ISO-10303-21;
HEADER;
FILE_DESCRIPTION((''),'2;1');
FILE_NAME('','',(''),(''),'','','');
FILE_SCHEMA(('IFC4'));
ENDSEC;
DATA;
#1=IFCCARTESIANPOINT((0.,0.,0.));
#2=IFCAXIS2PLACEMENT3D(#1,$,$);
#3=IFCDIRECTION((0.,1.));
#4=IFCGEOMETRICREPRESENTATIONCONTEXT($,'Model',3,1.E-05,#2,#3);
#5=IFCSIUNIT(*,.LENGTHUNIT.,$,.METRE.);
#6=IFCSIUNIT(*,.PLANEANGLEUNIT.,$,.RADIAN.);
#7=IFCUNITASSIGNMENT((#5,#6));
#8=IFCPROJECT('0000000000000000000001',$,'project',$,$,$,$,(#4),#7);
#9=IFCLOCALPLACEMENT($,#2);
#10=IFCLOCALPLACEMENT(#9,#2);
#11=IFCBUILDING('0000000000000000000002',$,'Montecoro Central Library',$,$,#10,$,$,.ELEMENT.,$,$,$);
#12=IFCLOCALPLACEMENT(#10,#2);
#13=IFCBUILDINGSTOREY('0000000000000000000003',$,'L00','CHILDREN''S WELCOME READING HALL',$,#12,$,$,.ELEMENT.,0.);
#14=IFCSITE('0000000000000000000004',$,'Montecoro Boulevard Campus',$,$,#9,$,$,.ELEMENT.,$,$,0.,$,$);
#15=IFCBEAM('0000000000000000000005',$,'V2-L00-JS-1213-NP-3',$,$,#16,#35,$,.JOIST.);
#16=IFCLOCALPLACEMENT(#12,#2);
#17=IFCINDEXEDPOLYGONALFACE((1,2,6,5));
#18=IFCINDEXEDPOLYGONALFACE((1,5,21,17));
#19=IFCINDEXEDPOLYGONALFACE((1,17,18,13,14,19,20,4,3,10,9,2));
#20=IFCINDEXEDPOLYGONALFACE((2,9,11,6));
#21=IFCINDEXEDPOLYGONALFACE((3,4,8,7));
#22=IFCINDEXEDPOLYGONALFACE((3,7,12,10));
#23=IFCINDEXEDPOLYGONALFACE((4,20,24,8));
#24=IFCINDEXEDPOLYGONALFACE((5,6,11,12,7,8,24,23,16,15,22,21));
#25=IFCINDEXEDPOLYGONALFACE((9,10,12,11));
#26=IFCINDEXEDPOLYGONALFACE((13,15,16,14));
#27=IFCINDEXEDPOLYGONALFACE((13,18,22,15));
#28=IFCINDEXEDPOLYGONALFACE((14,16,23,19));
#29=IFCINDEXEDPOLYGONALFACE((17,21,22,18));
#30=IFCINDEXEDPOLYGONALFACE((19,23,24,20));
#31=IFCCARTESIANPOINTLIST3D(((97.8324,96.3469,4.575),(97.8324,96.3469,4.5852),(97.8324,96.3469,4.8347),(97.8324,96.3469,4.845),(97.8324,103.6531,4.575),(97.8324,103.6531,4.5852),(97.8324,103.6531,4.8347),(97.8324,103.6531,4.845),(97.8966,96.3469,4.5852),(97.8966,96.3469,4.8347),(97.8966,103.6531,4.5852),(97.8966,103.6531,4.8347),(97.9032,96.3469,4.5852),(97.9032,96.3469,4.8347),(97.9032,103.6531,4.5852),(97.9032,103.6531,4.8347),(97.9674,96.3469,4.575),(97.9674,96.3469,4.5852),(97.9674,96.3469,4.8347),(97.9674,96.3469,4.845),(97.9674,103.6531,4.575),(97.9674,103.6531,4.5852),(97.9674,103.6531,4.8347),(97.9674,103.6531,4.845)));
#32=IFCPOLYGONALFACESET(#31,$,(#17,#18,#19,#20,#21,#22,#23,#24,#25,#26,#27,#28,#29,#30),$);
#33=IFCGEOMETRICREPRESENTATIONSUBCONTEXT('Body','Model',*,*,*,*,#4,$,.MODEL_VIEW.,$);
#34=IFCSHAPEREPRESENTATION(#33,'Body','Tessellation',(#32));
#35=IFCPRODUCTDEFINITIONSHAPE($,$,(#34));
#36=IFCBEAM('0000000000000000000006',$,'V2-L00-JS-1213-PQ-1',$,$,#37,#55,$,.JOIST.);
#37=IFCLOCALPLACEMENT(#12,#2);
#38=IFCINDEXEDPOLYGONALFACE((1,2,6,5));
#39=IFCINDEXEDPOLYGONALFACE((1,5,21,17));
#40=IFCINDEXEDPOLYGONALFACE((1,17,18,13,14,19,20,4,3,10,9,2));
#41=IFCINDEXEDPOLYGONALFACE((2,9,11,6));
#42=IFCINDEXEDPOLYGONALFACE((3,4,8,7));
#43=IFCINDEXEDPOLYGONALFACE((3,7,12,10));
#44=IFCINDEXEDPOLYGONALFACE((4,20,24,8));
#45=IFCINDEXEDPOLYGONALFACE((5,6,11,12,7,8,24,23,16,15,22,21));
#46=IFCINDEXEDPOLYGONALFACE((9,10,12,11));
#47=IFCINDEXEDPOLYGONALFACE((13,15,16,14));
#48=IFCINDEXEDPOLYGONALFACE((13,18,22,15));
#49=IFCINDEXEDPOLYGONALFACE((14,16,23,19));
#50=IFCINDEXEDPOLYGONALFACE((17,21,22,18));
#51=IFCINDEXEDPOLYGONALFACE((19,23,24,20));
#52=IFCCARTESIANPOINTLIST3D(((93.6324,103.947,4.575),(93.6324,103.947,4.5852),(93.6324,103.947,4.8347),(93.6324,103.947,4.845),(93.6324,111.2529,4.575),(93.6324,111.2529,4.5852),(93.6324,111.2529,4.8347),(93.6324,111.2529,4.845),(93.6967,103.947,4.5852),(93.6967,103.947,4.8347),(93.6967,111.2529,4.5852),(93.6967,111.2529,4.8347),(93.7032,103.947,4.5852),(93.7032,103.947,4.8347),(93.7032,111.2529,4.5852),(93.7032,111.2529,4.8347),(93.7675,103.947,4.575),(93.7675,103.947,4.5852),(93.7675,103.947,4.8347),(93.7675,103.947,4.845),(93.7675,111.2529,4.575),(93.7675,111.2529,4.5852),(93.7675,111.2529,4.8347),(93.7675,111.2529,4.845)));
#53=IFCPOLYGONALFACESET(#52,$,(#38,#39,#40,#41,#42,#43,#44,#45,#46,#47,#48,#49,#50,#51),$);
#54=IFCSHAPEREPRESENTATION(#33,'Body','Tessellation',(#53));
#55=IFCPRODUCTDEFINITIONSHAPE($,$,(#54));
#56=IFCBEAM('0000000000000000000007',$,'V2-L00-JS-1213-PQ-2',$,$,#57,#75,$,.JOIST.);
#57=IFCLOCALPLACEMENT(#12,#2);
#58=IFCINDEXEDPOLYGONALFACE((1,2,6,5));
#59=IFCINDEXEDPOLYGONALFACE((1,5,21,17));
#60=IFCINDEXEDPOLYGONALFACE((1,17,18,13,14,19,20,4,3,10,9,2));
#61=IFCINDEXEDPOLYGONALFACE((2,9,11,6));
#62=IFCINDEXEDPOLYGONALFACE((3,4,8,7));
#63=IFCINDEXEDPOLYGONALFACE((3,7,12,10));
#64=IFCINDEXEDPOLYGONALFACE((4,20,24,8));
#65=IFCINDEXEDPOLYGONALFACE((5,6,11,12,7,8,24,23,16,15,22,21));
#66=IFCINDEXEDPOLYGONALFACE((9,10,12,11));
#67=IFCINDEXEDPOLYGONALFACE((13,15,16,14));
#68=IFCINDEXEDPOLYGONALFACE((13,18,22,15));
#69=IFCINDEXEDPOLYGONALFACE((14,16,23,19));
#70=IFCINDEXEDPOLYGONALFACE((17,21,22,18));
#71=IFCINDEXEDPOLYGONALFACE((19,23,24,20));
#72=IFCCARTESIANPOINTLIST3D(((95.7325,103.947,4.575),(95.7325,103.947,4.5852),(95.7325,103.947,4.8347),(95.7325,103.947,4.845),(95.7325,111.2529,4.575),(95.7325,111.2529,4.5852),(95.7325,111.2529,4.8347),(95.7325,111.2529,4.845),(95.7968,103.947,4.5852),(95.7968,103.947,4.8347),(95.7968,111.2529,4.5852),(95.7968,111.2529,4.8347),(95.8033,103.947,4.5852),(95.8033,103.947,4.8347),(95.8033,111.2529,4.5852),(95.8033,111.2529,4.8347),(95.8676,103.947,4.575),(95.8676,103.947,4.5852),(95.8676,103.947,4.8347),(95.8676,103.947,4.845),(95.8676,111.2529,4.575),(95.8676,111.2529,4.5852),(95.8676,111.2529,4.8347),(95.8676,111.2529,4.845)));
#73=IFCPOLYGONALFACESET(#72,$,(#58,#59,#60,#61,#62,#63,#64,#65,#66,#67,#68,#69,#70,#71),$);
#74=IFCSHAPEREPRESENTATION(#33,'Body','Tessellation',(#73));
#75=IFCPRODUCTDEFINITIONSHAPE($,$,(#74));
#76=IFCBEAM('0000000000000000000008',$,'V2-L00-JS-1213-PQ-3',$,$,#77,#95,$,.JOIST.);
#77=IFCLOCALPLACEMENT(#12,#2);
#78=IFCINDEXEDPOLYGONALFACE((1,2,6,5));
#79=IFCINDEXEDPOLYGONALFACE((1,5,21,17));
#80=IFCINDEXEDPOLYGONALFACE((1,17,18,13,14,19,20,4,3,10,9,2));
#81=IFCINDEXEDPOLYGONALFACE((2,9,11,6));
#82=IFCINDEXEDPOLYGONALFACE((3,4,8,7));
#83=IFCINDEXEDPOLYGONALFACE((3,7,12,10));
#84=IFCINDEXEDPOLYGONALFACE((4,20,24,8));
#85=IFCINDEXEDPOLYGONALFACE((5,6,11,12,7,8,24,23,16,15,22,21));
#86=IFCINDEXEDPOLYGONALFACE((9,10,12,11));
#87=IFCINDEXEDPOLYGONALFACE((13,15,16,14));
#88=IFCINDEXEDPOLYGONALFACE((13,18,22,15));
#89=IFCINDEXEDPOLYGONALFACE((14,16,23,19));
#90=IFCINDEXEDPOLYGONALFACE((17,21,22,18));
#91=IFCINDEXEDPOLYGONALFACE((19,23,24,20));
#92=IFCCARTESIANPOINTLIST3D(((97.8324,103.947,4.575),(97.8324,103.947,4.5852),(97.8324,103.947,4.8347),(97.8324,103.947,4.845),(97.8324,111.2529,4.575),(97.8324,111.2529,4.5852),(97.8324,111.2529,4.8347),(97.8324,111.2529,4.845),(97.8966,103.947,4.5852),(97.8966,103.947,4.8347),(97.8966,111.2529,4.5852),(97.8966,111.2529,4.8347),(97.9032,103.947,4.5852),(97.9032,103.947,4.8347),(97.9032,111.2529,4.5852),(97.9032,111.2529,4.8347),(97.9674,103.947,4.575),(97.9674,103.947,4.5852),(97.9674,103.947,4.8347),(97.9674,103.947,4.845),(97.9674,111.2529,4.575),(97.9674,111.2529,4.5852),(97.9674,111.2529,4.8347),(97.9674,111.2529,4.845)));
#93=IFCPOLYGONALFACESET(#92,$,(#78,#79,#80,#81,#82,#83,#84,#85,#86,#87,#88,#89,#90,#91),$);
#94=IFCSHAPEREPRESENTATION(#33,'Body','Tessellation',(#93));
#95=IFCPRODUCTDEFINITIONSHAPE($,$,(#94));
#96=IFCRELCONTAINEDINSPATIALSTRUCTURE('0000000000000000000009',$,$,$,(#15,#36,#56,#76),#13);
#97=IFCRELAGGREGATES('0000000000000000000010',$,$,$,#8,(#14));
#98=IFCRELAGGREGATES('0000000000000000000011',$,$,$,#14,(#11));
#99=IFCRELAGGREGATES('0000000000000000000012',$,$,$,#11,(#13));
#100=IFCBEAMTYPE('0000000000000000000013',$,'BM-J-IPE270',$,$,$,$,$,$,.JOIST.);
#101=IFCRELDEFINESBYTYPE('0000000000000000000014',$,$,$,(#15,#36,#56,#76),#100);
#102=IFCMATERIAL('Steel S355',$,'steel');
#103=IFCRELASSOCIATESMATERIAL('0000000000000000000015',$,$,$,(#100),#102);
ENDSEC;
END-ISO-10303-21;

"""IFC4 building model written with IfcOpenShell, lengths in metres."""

from ifc_helpers import new_model, si_unit, direction, frame, origin, origin_2d, place, context, subcontext, project, spatial, i_section, extrude, material, material_profile, profile_set, type_object, element, save


model = new_model("IFC4")

# Units and contexts
model_context = context("Model", 3, precision=1e-05, world=origin(), true_north=direction((0.0, 1.0)))
body_context = subcontext(model_context, "Body", "Model", "MODEL_VIEW")
ifc_project = project(units=[si_unit("LENGTHUNIT", "METRE"), si_unit("PLANEANGLEUNIT", "RADIAN")], contexts=[model_context])

# Site, building, storey
site_placement = place(None, origin())
site = spatial("IfcSite", under=ifc_project, at=site_placement, Name="Montecoro Boulevard Campus", CompositionType="ELEMENT", RefElevation=0.0)
building_placement = place(site_placement, origin())
building = spatial("IfcBuilding", under=site, at=building_placement, Name="Montecoro Central Library", CompositionType="ELEMENT")
storey_placement = place(building_placement, origin())
storey = spatial("IfcBuildingStorey", under=building, at=storey_placement, Name="L00", Description="CHILDREN'S WELCOME READING HALL", CompositionType="ELEMENT", Elevation=0.0)

# Beams
ifc_material_1 = material(Name="Steel S355", Category="steel")
ifc_material_profile_1 = material_profile(ifc_material_1, i_section(OverallWidth=0.135, OverallDepth=0.27, WebThickness=0.0066, FlangeThickness=0.0103, at=origin_2d()), Name="IPE 270")
ifc_profile_set_1 = profile_set([ifc_material_profile_1], Name="Steel S355")
beam_type_1 = type_object("IfcBeamType", Name="BM-J-IPE270", PredefinedType="JOIST", material=ifc_profile_set_1)
for number, where, z_axis, x_axis, name in (
    (1, (97.8999, 96.3469, 4.71), (0.0, 1.0, 0.0), (-1.0, 0.0, 0.0), "V2-L00-JS-1213-NP-3"),
):
    element("IfcBeam", number, at=place(storey_placement, frame(where, z_axis=z_axis, x_axis=x_axis)), inside=storey, type_object=beam_type_1, Name=name, PredefinedType="JOIST", context=body_context, shape_type="SweptSolid", body=[
        extrude(i_section(OverallWidth=0.135, OverallDepth=0.27, WebThickness=0.0066, FlangeThickness=0.0103, at=origin_2d()), origin(), (0.0, 0.0, 1.0), 7.3062),
    ])
for number, where, z_axis, x_axis, name in (
    (2, (93.7, 103.947, 4.71), (0.0, 1.0, 0.0), (-1.0, 0.0, 0.0), "V2-L00-JS-1213-PQ-1"),
    (3, (95.8, 103.947, 4.71), (0.0, 1.0, 0.0), (-1.0, 0.0, 0.0), "V2-L00-JS-1213-PQ-2"),
    (4, (97.8999, 103.947, 4.71), (0.0, 1.0, 0.0), (-1.0, 0.0, 0.0), "V2-L00-JS-1213-PQ-3"),
):
    element("IfcBeam", number, at=place(storey_placement, frame(where, z_axis=z_axis, x_axis=x_axis)), inside=storey, type_object=beam_type_1, Name=name, PredefinedType="JOIST", context=body_context, shape_type="SweptSolid", body=[
        extrude(i_section(OverallWidth=0.135, OverallDepth=0.27, WebThickness=0.0066, FlangeThickness=0.0103, at=origin_2d()), origin(), (0.0, 0.0, 1.0), 7.3059),
    ])

save(model, "model.ifc")
